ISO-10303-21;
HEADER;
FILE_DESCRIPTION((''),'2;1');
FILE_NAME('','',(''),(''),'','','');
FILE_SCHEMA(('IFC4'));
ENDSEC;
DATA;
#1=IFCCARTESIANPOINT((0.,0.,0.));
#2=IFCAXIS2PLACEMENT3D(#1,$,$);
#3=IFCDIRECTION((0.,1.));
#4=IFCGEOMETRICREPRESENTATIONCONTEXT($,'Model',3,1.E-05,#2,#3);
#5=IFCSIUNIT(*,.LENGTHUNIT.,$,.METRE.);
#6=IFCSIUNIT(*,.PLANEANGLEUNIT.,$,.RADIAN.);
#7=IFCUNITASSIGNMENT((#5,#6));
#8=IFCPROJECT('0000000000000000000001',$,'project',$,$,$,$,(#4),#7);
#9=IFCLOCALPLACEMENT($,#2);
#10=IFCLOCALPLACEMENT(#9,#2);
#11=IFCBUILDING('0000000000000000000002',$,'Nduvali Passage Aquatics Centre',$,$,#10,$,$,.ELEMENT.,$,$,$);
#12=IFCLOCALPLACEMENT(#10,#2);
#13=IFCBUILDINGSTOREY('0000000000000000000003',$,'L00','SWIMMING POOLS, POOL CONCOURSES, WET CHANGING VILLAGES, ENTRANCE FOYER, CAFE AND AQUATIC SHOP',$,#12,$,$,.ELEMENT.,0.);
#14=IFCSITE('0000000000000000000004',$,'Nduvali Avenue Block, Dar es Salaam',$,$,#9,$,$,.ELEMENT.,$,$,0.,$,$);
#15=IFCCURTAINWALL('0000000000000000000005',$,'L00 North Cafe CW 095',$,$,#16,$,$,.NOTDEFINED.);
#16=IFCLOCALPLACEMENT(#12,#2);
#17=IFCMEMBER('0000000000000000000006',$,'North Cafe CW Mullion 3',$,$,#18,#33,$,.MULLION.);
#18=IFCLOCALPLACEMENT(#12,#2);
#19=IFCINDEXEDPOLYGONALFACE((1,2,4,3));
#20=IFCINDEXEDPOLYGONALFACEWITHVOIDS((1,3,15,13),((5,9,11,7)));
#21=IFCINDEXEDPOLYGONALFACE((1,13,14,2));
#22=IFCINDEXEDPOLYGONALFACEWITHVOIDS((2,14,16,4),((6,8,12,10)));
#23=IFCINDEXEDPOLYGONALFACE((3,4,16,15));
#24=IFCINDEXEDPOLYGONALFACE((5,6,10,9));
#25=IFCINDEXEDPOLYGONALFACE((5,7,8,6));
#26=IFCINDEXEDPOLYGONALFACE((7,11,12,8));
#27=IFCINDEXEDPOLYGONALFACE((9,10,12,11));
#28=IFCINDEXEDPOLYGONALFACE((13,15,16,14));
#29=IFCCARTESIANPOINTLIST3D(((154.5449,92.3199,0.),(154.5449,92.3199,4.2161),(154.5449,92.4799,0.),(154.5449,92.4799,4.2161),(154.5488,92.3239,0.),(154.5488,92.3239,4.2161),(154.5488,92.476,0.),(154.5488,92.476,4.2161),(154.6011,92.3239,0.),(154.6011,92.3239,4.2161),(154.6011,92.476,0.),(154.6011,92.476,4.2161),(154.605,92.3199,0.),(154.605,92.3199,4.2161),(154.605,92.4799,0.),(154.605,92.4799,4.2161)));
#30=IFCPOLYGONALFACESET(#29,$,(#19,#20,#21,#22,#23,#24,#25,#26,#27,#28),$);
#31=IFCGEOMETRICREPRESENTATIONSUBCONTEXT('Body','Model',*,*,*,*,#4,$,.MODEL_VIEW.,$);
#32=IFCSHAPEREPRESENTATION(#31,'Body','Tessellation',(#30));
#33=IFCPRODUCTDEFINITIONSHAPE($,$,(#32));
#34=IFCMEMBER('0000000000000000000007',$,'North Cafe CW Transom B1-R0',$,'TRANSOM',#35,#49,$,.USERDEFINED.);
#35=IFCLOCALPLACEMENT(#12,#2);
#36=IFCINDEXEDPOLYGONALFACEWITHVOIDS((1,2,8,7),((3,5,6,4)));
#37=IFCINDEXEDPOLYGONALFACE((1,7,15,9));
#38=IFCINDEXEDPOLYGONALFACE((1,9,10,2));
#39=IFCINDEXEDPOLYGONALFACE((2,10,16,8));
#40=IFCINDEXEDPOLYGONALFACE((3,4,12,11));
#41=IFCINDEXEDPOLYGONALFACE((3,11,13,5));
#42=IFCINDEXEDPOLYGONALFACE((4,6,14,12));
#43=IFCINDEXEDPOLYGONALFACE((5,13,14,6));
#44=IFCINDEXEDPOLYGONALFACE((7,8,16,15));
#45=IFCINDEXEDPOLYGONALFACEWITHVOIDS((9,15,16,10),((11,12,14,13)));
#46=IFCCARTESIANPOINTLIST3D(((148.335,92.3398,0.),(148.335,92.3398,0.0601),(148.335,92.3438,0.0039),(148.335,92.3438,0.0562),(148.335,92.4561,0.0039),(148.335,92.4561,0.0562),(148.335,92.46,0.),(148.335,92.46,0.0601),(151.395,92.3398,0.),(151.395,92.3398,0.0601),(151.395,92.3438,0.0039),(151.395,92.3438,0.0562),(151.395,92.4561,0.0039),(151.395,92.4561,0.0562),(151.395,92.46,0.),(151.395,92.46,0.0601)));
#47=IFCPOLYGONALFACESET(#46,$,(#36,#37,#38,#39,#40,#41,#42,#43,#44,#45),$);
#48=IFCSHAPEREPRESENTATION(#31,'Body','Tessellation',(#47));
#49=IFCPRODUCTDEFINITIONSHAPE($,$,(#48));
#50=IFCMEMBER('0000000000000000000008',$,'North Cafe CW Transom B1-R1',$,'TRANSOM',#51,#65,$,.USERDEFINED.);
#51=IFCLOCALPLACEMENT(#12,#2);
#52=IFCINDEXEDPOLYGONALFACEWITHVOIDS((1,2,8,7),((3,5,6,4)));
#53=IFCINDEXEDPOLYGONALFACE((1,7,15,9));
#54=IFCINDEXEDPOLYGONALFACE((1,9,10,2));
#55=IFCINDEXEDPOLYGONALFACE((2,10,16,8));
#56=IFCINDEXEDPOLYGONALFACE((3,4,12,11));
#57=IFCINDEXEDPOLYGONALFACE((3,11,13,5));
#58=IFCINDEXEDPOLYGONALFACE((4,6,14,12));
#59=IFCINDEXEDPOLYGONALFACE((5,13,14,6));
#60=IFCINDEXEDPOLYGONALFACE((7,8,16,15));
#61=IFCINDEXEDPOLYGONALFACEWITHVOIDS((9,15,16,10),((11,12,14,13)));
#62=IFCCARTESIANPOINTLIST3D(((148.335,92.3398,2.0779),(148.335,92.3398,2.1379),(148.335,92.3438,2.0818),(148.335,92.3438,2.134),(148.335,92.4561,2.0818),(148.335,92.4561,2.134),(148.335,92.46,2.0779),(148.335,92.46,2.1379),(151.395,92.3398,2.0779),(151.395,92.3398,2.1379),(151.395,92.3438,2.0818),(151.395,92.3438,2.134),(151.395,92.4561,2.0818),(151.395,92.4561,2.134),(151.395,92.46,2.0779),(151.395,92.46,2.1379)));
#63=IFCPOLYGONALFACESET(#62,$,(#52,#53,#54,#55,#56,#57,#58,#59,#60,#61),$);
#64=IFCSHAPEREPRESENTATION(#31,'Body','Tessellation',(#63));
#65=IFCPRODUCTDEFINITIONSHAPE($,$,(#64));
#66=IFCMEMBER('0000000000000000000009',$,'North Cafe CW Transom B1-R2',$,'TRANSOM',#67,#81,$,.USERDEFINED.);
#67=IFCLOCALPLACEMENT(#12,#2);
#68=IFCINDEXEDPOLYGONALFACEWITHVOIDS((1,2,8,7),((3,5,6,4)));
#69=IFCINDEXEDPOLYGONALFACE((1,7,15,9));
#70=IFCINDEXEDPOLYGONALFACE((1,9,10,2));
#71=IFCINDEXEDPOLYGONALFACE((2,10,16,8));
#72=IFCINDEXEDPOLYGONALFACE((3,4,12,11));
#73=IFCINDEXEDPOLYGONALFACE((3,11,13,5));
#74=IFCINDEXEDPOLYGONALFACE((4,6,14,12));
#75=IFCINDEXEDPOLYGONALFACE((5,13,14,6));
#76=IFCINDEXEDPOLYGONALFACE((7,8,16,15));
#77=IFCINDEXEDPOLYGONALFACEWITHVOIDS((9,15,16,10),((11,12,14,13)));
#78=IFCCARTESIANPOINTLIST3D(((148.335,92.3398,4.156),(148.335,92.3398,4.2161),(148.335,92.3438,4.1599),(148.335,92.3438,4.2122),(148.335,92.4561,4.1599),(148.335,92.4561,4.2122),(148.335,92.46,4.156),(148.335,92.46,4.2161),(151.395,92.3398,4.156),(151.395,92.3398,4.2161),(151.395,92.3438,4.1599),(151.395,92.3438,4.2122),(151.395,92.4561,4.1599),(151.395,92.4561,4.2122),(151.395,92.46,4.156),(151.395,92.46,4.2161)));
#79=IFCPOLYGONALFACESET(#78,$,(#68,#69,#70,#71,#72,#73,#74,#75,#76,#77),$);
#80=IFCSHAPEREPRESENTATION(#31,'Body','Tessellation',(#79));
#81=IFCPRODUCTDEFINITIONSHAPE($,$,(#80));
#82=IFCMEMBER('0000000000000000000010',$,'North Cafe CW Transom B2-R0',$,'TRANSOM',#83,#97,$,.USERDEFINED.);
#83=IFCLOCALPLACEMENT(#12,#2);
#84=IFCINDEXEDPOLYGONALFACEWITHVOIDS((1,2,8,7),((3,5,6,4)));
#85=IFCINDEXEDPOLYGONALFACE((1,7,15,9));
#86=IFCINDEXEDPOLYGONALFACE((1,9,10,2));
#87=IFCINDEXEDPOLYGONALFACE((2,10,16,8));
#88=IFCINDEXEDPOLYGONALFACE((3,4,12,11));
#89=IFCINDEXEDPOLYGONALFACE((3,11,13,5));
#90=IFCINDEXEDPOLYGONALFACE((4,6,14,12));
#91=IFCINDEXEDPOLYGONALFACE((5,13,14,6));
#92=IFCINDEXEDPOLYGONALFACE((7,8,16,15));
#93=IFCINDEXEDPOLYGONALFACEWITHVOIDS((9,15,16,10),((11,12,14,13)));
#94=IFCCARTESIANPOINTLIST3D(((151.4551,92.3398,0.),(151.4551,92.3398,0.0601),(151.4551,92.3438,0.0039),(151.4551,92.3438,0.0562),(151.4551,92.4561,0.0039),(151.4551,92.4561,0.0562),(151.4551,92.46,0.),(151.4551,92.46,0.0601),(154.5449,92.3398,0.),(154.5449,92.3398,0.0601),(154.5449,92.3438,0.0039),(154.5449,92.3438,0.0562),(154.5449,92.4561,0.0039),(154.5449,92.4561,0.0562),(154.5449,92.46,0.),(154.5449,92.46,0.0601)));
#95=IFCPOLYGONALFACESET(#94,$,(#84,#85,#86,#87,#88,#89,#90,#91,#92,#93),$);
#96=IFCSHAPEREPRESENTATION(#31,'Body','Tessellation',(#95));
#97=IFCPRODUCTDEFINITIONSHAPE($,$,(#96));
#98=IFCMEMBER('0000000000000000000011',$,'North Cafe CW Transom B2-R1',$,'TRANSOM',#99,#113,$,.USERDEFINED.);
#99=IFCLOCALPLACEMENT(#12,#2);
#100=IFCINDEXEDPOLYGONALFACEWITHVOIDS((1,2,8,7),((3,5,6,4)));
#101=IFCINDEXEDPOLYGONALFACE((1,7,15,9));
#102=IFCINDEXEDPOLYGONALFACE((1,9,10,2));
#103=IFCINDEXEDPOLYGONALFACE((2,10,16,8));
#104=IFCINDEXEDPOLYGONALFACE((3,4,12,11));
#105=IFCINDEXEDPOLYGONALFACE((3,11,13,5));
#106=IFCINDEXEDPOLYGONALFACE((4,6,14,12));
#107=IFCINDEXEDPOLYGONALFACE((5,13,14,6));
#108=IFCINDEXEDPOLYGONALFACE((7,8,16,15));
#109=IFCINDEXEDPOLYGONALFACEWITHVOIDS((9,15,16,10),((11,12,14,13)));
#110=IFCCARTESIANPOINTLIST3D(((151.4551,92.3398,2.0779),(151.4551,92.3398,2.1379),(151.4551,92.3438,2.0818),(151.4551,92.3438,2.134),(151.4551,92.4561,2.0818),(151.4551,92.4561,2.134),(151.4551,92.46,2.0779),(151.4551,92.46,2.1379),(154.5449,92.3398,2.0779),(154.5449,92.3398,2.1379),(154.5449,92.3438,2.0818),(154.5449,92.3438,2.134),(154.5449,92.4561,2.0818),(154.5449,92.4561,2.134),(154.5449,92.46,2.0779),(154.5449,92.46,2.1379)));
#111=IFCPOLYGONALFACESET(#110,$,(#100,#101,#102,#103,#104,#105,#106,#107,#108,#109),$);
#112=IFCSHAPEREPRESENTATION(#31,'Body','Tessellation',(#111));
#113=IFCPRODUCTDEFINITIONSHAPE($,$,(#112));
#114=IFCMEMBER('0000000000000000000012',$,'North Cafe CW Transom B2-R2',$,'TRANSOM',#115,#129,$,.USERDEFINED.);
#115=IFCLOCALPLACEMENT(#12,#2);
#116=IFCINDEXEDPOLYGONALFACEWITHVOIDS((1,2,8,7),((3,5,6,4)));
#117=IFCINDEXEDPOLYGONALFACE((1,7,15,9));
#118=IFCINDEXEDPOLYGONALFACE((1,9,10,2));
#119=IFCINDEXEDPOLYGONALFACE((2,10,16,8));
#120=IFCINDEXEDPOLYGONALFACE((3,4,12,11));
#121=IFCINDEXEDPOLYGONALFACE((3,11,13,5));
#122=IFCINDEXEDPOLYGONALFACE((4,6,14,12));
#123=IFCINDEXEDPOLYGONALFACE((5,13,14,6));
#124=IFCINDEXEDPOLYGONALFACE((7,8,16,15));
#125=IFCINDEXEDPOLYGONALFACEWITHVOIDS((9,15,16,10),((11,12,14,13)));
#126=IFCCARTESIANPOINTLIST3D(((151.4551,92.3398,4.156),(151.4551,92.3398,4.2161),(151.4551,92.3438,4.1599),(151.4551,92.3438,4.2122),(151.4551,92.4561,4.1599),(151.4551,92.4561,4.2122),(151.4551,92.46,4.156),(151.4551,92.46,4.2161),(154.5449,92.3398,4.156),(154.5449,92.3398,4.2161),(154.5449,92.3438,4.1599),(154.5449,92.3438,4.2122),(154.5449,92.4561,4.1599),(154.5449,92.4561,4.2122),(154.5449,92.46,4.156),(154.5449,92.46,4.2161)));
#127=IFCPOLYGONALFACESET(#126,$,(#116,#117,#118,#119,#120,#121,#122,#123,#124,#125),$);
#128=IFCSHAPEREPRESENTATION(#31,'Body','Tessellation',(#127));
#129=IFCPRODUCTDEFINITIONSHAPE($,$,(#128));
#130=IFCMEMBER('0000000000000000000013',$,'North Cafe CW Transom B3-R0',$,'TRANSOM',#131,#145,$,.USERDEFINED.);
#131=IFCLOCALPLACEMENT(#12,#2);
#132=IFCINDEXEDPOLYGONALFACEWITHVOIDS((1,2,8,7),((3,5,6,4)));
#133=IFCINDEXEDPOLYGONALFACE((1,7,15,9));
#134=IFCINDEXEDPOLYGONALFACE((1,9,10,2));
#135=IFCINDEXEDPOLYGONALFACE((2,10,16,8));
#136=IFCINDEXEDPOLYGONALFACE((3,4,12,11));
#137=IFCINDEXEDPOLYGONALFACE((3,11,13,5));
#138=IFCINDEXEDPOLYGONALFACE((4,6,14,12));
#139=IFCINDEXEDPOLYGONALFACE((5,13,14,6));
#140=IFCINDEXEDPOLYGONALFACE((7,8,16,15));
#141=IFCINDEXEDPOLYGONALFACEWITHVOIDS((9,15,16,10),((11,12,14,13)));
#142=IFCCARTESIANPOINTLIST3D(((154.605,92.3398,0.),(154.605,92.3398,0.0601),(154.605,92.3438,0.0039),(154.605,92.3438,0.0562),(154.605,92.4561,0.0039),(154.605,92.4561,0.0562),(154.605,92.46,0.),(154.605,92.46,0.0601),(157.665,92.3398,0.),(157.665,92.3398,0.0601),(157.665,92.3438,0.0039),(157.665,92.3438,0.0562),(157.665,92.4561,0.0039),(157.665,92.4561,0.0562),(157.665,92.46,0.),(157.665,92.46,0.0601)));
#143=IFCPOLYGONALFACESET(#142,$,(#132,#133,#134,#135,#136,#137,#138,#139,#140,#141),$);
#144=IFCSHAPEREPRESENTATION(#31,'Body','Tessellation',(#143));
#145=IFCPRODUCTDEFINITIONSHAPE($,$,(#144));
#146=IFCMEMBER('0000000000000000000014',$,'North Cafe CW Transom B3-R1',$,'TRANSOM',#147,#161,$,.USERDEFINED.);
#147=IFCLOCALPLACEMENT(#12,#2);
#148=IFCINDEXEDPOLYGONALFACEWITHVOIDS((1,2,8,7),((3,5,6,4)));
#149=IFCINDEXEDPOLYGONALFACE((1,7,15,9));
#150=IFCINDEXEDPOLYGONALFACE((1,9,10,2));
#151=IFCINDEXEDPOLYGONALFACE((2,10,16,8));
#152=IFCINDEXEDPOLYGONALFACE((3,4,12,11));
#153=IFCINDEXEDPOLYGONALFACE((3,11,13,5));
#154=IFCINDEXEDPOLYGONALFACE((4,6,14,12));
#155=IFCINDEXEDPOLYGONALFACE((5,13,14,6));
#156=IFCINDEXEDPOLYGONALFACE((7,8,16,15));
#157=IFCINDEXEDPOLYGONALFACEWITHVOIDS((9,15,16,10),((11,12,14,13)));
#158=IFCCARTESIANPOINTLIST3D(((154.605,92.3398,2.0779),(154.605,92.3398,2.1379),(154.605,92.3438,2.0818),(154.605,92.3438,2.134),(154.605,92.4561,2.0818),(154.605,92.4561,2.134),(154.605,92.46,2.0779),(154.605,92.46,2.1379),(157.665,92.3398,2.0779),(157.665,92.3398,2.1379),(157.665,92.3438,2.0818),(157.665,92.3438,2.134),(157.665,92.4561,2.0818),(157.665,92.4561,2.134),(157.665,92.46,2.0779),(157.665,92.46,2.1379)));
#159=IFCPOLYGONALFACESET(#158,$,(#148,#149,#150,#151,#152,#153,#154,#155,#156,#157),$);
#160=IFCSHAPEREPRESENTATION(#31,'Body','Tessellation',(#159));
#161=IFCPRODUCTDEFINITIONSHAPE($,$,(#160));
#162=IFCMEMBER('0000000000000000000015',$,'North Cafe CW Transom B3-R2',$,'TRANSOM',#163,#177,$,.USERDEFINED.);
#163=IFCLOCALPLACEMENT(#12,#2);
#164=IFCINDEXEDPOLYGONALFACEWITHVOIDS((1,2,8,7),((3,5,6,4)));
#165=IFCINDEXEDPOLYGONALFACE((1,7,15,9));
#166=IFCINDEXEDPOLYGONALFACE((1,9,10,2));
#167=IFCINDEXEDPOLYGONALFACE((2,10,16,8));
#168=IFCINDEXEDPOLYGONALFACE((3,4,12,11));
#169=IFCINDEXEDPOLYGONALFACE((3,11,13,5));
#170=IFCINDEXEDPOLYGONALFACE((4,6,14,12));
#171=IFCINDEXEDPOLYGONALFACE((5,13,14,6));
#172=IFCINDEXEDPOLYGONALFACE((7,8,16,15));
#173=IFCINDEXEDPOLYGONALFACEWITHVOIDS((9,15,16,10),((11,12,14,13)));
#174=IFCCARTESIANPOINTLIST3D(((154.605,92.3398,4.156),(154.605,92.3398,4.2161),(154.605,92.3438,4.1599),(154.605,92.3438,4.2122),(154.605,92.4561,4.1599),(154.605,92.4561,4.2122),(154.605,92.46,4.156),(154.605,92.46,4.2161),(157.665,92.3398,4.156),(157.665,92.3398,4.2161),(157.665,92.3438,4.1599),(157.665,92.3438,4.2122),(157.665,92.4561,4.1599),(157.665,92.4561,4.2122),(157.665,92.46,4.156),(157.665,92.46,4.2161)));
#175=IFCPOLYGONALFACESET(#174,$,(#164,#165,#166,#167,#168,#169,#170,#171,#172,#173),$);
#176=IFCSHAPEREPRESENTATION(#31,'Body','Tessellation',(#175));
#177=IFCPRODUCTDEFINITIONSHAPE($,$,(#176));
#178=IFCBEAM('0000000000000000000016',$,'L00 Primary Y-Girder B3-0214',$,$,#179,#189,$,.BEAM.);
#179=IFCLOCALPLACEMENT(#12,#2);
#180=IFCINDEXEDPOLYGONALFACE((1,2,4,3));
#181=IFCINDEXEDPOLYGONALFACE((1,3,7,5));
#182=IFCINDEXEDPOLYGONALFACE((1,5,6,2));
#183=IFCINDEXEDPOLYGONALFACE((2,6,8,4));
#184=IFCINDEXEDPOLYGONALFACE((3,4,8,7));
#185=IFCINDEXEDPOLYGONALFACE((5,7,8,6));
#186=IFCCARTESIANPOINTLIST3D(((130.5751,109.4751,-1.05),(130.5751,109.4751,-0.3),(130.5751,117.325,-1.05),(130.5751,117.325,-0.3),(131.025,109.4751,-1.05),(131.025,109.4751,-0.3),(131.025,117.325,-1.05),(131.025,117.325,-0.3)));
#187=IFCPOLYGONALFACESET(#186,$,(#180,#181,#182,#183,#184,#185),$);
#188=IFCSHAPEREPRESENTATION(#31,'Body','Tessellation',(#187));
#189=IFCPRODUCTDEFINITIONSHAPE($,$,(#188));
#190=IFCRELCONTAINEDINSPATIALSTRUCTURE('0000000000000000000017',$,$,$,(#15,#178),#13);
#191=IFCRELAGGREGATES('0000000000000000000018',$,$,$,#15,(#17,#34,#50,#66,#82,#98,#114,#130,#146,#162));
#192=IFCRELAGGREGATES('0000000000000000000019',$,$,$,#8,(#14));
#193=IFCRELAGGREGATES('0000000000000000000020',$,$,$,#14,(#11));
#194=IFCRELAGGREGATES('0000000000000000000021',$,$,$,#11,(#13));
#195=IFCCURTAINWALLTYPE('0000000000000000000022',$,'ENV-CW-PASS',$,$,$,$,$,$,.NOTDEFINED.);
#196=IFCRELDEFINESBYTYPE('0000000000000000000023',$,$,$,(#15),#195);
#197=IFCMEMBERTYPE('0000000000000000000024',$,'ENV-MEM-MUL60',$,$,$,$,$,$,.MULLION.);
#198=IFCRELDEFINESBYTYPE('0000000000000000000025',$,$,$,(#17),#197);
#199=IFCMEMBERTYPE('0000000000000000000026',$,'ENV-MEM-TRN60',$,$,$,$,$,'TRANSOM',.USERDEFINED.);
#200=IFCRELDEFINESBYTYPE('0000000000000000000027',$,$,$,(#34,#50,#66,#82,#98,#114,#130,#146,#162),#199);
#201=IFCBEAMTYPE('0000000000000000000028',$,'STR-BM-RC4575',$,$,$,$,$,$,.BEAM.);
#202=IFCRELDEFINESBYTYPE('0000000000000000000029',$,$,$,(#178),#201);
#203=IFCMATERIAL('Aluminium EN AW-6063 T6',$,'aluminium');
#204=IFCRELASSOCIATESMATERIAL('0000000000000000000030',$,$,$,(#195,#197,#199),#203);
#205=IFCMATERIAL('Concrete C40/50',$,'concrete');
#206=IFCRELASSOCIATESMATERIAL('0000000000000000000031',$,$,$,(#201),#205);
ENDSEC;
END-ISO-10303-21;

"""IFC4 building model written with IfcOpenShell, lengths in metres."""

from ifc_helpers import new_model, si_unit, direction, frame, origin, origin_2d, place, context, subcontext, project, spatial, rectangle, hollow_rectangle, extrude, material, material_profile, profile_set, type_object, element, aggregate, save


model = new_model("IFC4")

# Units and contexts
model_context = context("Model", 3, precision=1e-05, world=origin(), true_north=direction((0.0, 1.0)))
body_context = subcontext(model_context, "Body", "Model", "MODEL_VIEW")
ifc_project = project(units=[si_unit("LENGTHUNIT", "METRE"), si_unit("PLANEANGLEUNIT", "RADIAN")], contexts=[model_context])

# Site, building, storey
site_placement = place(None, origin())
site = spatial("IfcSite", under=ifc_project, at=site_placement, Name="Nduvali Avenue Block, Dar es Salaam", CompositionType="ELEMENT", RefElevation=0.0)
building_placement = place(site_placement, origin())
building = spatial("IfcBuilding", under=site, at=building_placement, Name="Nduvali Passage Aquatics Centre", CompositionType="ELEMENT")
storey_placement = place(building_placement, origin())
storey = spatial("IfcBuildingStorey", under=building, at=storey_placement, Name="L00", Description="SWIMMING POOLS, POOL CONCOURSES, WET CHANGING VILLAGES, ENTRANCE FOYER, CAFE AND AQUATIC SHOP", CompositionType="ELEMENT", Elevation=0.0)

# Shared definitions
ifc_material_1 = material(Name="Concrete C40/50", Category="concrete")

# Curtain wall, members
ifc_material_2 = material(Name="Aluminium EN AW-6063 T6", Category="aluminium")
curtain_wall_type = type_object("IfcCurtainWallType", Name="ENV-CW-PASS", PredefinedType="NOTDEFINED", material=ifc_material_2)
curtain_wall_placement = place(storey_placement, origin())
curtain_wall = element("IfcCurtainWall", 1, at=curtain_wall_placement, inside=storey, type_object=curtain_wall_type, Name="L00 North Cafe CW 095", PredefinedType="NOTDEFINED")
ifc_material_profile_1 = material_profile(ifc_material_2, hollow_rectangle(XDim=0.0601, YDim=0.1599, WallThickness=0.0039, at=origin_2d()), Name="ALU MULLION 60x160x4")
ifc_profile_set_1 = profile_set([ifc_material_profile_1], Name="Aluminium EN AW-6063 T6")
member_type_1 = type_object("IfcMemberType", Name="ENV-MEM-MUL60", PredefinedType="MULLION", material=ifc_profile_set_1)
member_1_placement = place(storey_placement, frame((154.575, 92.3999, 0.0), z_axis=(0.0, 0.0, 1.0), x_axis=(1.0, 0.0, 0.0)))
member_1 = element("IfcMember", 2, at=member_1_placement, type_object=member_type_1, Name="North Cafe CW Mullion 3", PredefinedType="MULLION", context=body_context, shape_type="SweptSolid", body=[
    extrude(hollow_rectangle(XDim=0.0601, YDim=0.1599, WallThickness=0.0039, at=origin_2d()), origin(), (0.0, 0.0, 1.0), 4.2161),
])
ifc_material_profile_2 = material_profile(ifc_material_2, hollow_rectangle(XDim=0.1201, YDim=0.0601, WallThickness=0.0039, at=origin_2d()), Name="ALU TRANSOM 120x60x4")
ifc_profile_set_2 = profile_set([ifc_material_profile_2], Name="Aluminium EN AW-6063 T6")
member_type_2 = type_object("IfcMemberType", Name="ENV-MEM-TRN60", ElementType="TRANSOM", PredefinedType="USERDEFINED", material=ifc_profile_set_2)
member_2_placement = place(storey_placement, frame((148.335, 92.3999, 0.03), z_axis=(1.0, 0.0, 0.0), x_axis=(0.0, 1.0, 0.0)))
member_2 = element("IfcMember", 3, at=member_2_placement, type_object=member_type_2, Name="North Cafe CW Transom B1-R0", ObjectType="TRANSOM", PredefinedType="USERDEFINED", context=body_context, shape_type="SweptSolid", body=[
    extrude(hollow_rectangle(XDim=0.1201, YDim=0.0601, WallThickness=0.0039, at=origin_2d()), origin(), (0.0, 0.0, 1.0), 3.0601),
])
member_3_placement = place(storey_placement, frame((148.335, 92.3999, 2.1079), z_axis=(1.0, 0.0, 0.0), x_axis=(0.0, 1.0, 0.0)))
member_3 = element("IfcMember", 4, at=member_3_placement, type_object=member_type_2, Name="North Cafe CW Transom B1-R1", ObjectType="TRANSOM", PredefinedType="USERDEFINED", context=body_context, shape_type="SweptSolid", body=[
    extrude(hollow_rectangle(XDim=0.1201, YDim=0.0601, WallThickness=0.0039, at=origin_2d()), origin(), (0.0, 0.0, 1.0), 3.0601),
])
member_4_placement = place(storey_placement, frame((148.335, 92.3999, 4.186), z_axis=(1.0, 0.0, 0.0), x_axis=(0.0, 1.0, 0.0)))
member_4 = element("IfcMember", 5, at=member_4_placement, type_object=member_type_2, Name="North Cafe CW Transom B1-R2", ObjectType="TRANSOM", PredefinedType="USERDEFINED", context=body_context, shape_type="SweptSolid", body=[
    extrude(hollow_rectangle(XDim=0.1201, YDim=0.0601, WallThickness=0.0039, at=origin_2d()), origin(), (0.0, 0.0, 1.0), 3.0601),
])
member_5_placement = place(storey_placement, frame((151.4551, 92.3999, 0.03), z_axis=(1.0, 0.0, 0.0), x_axis=(0.0, 1.0, 0.0)))
member_5 = element("IfcMember", 6, at=member_5_placement, type_object=member_type_2, Name="North Cafe CW Transom B2-R0", ObjectType="TRANSOM", PredefinedType="USERDEFINED", context=body_context, shape_type="SweptSolid", body=[
    extrude(hollow_rectangle(XDim=0.1201, YDim=0.0601, WallThickness=0.0039, at=origin_2d()), origin(), (0.0, 0.0, 1.0), 3.0898),
])
member_6_placement = place(storey_placement, frame((151.4551, 92.3999, 2.1079), z_axis=(1.0, 0.0, 0.0), x_axis=(0.0, 1.0, 0.0)))
member_6 = element("IfcMember", 7, at=member_6_placement, type_object=member_type_2, Name="North Cafe CW Transom B2-R1", ObjectType="TRANSOM", PredefinedType="USERDEFINED", context=body_context, shape_type="SweptSolid", body=[
    extrude(hollow_rectangle(XDim=0.1201, YDim=0.0601, WallThickness=0.0039, at=origin_2d()), origin(), (0.0, 0.0, 1.0), 3.0898),
])
member_7_placement = place(storey_placement, frame((151.4551, 92.3999, 4.186), z_axis=(1.0, 0.0, 0.0), x_axis=(0.0, 1.0, 0.0)))
member_7 = element("IfcMember", 8, at=member_7_placement, type_object=member_type_2, Name="North Cafe CW Transom B2-R2", ObjectType="TRANSOM", PredefinedType="USERDEFINED", context=body_context, shape_type="SweptSolid", body=[
    extrude(hollow_rectangle(XDim=0.1201, YDim=0.0601, WallThickness=0.0039, at=origin_2d()), origin(), (0.0, 0.0, 1.0), 3.0898),
])
member_8_placement = place(storey_placement, frame((154.605, 92.3999, 0.03), z_axis=(1.0, 0.0, 0.0), x_axis=(0.0, 1.0, 0.0)))
member_8 = element("IfcMember", 9, at=member_8_placement, type_object=member_type_2, Name="North Cafe CW Transom B3-R0", ObjectType="TRANSOM", PredefinedType="USERDEFINED", context=body_context, shape_type="SweptSolid", body=[
    extrude(hollow_rectangle(XDim=0.1201, YDim=0.0601, WallThickness=0.0039, at=origin_2d()), origin(), (0.0, 0.0, 1.0), 3.0601),
])
member_9_placement = place(storey_placement, frame((154.605, 92.3999, 2.1079), z_axis=(1.0, 0.0, 0.0), x_axis=(0.0, 1.0, 0.0)))
member_9 = element("IfcMember", 10, at=member_9_placement, type_object=member_type_2, Name="North Cafe CW Transom B3-R1", ObjectType="TRANSOM", PredefinedType="USERDEFINED", context=body_context, shape_type="SweptSolid", body=[
    extrude(hollow_rectangle(XDim=0.1201, YDim=0.0601, WallThickness=0.0039, at=origin_2d()), origin(), (0.0, 0.0, 1.0), 3.0601),
])
member_10_placement = place(storey_placement, frame((154.605, 92.3999, 4.186), z_axis=(1.0, 0.0, 0.0), x_axis=(0.0, 1.0, 0.0)))
member_10 = element("IfcMember", 11, at=member_10_placement, type_object=member_type_2, Name="North Cafe CW Transom B3-R2", ObjectType="TRANSOM", PredefinedType="USERDEFINED", context=body_context, shape_type="SweptSolid", body=[
    extrude(hollow_rectangle(XDim=0.1201, YDim=0.0601, WallThickness=0.0039, at=origin_2d()), origin(), (0.0, 0.0, 1.0), 3.0601),
])

# Beam
ifc_material_profile_3 = material_profile(ifc_material_1, rectangle(XDim=0.45, YDim=0.75, at=origin_2d()), Name="RC 450x750")
ifc_profile_set_3 = profile_set([ifc_material_profile_3], Name="Concrete C40/50")
beam_type_1 = type_object("IfcBeamType", Name="STR-BM-RC4575", PredefinedType="BEAM", material=ifc_profile_set_3)
beam_placement = place(storey_placement, frame((130.8, 109.4751, -0.675), z_axis=(0.0, 1.0, 0.0), x_axis=(-1.0, 0.0, 0.0)))
element("IfcBeam", 12, at=beam_placement, inside=storey, type_object=beam_type_1, Name="L00 Primary Y-Girder B3-0214", PredefinedType="BEAM", context=body_context, shape_type="SweptSolid", body=[
    extrude(rectangle(XDim=0.45, YDim=0.75, at=origin_2d()), origin(), (0.0, 0.0, 1.0), 7.8499),
])

aggregate(curtain_wall, [member_1, member_2, member_3, member_4, member_5, member_6, member_7, member_8, member_9, member_10])

save(model, "model.ifc")
